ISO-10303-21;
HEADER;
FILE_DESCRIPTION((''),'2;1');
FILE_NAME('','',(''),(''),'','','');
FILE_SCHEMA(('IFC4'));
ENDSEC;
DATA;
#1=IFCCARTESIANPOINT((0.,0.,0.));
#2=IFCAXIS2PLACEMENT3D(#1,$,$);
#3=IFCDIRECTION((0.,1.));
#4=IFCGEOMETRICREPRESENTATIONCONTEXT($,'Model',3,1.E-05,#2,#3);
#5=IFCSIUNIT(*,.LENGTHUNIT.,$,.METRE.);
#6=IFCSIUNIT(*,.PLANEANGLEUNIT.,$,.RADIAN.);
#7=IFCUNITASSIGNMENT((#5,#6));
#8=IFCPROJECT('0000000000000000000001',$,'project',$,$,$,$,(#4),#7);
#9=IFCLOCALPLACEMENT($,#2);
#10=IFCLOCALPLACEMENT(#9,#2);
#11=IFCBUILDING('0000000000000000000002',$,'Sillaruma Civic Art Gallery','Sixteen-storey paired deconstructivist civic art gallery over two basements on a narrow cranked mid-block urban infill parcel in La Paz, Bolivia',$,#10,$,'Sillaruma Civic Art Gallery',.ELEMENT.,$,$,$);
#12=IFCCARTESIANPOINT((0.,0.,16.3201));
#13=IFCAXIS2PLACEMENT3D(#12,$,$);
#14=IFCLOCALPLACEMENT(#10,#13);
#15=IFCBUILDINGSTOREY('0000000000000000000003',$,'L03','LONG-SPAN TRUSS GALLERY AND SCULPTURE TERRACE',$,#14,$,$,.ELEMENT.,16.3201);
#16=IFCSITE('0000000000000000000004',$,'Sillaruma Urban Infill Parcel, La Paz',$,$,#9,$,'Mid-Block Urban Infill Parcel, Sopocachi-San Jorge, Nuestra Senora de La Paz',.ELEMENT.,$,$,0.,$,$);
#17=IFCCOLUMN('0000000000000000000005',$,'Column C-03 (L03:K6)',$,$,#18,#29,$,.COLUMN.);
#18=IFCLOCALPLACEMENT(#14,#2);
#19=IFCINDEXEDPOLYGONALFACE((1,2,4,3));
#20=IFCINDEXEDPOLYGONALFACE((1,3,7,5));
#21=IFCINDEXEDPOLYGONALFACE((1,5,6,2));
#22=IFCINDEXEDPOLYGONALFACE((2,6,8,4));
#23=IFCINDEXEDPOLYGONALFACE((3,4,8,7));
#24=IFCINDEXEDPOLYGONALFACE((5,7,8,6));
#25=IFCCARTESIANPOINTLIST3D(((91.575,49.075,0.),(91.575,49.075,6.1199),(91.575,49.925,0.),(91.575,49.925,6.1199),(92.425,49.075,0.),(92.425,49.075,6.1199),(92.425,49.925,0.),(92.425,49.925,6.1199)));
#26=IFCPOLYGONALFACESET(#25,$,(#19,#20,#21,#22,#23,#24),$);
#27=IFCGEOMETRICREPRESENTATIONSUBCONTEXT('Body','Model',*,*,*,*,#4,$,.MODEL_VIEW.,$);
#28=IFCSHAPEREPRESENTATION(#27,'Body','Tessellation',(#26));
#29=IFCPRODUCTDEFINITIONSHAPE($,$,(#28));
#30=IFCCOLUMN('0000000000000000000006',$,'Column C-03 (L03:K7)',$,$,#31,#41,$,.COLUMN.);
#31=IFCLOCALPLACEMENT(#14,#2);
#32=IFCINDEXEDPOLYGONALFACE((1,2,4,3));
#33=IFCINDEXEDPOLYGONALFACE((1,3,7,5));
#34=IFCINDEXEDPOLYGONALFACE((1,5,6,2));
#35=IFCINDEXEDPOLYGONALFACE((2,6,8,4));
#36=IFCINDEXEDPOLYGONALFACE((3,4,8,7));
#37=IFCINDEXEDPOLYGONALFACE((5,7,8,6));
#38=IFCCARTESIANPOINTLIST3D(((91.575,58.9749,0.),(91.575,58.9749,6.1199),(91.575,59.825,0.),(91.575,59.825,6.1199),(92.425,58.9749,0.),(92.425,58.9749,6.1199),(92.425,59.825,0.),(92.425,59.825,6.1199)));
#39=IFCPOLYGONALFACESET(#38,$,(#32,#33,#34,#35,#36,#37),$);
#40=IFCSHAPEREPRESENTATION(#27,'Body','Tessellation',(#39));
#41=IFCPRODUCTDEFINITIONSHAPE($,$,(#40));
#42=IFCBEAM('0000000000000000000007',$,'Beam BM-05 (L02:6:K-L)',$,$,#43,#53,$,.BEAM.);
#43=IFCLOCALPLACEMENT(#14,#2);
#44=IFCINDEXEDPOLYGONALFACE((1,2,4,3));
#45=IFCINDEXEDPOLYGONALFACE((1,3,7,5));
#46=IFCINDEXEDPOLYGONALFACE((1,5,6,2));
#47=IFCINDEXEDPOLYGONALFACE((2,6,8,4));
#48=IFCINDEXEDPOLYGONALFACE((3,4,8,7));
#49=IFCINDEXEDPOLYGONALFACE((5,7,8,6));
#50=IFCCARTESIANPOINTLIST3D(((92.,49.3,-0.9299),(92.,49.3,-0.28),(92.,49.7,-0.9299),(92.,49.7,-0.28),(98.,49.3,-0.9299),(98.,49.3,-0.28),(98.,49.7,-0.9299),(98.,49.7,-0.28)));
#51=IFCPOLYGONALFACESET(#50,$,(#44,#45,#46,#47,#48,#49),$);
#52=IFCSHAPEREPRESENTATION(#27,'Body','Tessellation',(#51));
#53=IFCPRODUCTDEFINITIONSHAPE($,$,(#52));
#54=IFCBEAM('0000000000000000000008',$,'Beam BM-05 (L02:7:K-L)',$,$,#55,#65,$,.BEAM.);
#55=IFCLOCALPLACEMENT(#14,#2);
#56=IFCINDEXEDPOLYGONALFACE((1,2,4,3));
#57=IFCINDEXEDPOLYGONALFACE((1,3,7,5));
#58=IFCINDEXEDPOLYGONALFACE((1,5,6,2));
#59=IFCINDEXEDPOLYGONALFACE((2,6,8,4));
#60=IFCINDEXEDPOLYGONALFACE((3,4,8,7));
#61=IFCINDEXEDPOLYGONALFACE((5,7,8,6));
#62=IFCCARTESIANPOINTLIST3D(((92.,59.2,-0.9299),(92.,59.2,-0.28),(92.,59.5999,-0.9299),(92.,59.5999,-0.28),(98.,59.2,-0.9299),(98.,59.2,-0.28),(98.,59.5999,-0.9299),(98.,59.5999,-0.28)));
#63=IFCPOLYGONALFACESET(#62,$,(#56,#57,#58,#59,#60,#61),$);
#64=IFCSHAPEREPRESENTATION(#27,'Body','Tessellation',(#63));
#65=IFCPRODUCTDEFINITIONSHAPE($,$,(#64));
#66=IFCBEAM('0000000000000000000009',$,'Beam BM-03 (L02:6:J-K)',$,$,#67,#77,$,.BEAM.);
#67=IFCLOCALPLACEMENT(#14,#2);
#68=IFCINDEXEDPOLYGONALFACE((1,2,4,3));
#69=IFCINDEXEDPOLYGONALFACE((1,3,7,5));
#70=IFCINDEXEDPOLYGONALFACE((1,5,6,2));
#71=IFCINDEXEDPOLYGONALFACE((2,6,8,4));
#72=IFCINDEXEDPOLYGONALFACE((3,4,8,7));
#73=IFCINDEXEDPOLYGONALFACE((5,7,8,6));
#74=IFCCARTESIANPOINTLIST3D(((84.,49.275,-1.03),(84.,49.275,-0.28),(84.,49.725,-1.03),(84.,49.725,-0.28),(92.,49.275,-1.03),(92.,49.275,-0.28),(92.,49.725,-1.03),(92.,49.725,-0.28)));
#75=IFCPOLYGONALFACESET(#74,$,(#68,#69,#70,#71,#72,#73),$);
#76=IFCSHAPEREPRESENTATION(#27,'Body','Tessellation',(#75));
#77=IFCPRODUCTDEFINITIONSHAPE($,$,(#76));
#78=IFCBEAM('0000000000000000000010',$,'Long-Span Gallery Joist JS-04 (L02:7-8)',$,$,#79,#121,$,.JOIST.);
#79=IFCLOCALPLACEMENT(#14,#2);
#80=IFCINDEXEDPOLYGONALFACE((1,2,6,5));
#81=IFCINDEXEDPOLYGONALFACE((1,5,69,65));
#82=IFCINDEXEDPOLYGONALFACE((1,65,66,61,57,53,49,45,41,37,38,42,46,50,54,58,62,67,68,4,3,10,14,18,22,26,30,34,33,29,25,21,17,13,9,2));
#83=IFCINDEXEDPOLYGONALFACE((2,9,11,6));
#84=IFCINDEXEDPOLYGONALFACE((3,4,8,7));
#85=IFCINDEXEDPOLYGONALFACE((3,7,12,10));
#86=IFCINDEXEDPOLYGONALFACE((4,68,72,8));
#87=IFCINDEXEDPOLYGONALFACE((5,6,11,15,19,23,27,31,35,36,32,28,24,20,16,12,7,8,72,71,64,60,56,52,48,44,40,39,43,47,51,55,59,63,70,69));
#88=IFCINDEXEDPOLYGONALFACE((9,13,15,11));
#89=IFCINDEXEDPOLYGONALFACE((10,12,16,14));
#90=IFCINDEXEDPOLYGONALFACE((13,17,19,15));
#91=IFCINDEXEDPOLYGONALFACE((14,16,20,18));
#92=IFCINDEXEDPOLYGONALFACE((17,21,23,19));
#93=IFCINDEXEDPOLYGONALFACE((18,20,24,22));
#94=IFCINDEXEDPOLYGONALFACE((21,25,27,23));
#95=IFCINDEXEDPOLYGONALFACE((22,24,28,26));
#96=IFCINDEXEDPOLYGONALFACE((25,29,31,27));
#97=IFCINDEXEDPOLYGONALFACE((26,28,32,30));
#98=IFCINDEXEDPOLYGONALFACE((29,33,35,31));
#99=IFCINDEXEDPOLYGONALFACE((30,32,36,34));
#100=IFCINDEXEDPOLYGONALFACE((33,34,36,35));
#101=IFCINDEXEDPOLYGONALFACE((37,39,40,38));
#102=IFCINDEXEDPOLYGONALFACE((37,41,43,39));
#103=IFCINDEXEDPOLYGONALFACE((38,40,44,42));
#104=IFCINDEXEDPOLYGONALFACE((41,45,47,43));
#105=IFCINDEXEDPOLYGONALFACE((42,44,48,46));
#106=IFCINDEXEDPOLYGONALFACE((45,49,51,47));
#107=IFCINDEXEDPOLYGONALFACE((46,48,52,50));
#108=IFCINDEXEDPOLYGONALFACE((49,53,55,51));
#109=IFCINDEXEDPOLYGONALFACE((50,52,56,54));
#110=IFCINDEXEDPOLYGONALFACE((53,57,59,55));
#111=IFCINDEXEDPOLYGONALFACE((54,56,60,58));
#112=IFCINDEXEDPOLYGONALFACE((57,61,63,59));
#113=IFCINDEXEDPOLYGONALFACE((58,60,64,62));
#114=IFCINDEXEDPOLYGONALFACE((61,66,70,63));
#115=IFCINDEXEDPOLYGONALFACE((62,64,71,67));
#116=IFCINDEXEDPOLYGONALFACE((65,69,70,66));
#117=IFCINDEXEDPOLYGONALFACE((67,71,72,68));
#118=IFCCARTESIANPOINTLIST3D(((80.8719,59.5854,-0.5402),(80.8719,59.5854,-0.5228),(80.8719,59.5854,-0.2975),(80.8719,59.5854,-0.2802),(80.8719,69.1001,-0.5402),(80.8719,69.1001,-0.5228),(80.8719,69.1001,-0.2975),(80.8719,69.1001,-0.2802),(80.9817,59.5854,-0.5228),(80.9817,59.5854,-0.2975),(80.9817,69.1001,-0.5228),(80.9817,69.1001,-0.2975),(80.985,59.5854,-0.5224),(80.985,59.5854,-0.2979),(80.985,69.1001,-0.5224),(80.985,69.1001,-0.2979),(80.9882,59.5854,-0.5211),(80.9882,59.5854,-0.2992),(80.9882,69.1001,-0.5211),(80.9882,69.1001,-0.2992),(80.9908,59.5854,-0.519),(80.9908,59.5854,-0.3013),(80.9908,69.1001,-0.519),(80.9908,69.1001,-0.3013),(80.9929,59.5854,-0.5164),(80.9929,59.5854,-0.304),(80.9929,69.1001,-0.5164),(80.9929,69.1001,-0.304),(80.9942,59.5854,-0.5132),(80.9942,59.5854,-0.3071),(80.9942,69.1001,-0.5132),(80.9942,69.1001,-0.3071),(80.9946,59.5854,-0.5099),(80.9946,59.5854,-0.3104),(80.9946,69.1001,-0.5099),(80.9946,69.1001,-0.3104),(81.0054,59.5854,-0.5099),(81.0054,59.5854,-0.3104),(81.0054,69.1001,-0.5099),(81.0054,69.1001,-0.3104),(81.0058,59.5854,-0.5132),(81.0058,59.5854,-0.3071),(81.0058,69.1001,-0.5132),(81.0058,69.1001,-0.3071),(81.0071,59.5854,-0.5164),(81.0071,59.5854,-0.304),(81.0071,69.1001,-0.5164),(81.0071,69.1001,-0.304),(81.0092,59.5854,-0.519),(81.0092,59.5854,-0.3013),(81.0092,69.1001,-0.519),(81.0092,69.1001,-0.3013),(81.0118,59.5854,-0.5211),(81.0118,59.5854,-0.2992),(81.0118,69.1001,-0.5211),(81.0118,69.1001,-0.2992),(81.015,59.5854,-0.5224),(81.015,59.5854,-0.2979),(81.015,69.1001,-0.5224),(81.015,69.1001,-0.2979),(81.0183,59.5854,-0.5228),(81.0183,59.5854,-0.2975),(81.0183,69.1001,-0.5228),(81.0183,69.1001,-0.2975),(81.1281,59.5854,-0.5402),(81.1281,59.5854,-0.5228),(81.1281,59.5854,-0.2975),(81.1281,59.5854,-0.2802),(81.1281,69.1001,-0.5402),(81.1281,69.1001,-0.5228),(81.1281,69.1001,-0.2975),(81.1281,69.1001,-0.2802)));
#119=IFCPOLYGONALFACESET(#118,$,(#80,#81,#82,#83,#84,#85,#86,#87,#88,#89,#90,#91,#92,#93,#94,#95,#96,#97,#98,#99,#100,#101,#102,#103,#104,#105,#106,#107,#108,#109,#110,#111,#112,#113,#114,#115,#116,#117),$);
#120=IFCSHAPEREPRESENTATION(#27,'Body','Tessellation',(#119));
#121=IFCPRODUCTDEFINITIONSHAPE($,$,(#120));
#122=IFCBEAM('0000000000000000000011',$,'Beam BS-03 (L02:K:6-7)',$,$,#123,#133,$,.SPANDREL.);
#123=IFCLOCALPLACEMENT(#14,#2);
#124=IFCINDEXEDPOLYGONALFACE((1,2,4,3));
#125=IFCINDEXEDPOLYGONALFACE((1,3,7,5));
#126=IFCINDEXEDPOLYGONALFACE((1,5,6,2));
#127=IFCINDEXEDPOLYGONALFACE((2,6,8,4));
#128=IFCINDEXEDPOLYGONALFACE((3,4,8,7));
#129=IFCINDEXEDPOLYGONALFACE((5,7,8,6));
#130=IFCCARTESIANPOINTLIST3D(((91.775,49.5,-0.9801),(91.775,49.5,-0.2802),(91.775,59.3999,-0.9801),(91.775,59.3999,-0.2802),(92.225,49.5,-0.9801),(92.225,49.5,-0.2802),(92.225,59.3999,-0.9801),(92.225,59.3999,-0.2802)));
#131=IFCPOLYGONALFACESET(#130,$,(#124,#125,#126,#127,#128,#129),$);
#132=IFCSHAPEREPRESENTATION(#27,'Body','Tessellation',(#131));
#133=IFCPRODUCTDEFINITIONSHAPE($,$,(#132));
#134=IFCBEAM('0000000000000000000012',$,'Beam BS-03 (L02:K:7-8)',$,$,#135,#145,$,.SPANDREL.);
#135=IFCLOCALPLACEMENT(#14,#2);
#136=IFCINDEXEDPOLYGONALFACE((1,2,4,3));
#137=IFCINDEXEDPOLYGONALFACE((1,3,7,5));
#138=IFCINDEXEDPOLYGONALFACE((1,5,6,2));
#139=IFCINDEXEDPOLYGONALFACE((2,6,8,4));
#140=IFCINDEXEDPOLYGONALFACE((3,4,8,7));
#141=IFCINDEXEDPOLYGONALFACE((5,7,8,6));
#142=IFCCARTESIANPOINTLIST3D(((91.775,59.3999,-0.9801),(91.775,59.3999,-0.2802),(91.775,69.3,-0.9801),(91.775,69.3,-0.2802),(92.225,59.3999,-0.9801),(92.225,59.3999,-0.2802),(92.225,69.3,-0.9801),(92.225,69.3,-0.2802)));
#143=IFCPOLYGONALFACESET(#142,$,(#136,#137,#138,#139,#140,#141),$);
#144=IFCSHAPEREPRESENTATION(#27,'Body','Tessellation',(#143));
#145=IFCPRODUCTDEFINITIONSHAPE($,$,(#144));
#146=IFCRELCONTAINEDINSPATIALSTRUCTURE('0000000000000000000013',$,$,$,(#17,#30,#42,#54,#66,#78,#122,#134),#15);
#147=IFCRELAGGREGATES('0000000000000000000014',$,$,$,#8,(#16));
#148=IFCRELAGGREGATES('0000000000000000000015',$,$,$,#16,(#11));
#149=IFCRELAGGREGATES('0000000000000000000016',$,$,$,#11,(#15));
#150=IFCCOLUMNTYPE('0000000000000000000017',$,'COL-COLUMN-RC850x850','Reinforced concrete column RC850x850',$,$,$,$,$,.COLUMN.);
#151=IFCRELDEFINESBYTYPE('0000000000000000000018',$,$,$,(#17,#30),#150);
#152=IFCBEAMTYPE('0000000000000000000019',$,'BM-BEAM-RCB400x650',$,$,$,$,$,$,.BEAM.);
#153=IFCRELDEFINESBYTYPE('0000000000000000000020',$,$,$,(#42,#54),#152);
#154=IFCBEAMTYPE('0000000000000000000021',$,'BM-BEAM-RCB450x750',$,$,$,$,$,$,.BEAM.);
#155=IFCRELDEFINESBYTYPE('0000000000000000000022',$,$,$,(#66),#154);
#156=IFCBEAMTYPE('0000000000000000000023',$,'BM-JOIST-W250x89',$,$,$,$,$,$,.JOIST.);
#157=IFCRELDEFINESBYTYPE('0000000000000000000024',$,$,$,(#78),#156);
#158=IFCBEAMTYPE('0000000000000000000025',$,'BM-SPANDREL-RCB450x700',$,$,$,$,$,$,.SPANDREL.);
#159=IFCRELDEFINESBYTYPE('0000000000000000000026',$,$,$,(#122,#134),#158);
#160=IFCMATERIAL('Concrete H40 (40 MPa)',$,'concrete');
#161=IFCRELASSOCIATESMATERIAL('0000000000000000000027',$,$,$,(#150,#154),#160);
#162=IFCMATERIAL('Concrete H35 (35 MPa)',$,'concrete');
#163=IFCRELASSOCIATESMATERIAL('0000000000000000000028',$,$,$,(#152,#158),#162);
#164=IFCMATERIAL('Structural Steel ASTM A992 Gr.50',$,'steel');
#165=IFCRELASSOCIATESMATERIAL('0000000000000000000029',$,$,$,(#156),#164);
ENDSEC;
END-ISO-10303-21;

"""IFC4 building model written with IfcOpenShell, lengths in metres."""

from ifc_helpers import new_model, si_unit, direction, frame, origin, origin_2d, place, context, subcontext, project, spatial, rectangle, i_section, extrude, material, material_profile, profile_set, type_object, element, save


model = new_model("IFC4")

# Units and contexts
model_context = context("Model", 3, precision=1e-05, world=origin(), true_north=direction((0.0, 1.0)))
body_context = subcontext(model_context, "Body", "Model", "MODEL_VIEW")
ifc_project = project(units=[si_unit("LENGTHUNIT", "METRE"), si_unit("PLANEANGLEUNIT", "RADIAN")], contexts=[model_context])

# Site, building, storey
site_placement = place(None, origin())
site = spatial("IfcSite", under=ifc_project, at=site_placement, Name="Sillaruma Urban Infill Parcel, La Paz", LongName="Mid-Block Urban Infill Parcel, Sopocachi-San Jorge, Nuestra Senora de La Paz", CompositionType="ELEMENT", RefElevation=0.0)
building_placement = place(site_placement, origin())
building = spatial("IfcBuilding", under=site, at=building_placement, Name="Sillaruma Civic Art Gallery", Description="Sixteen-storey paired deconstructivist civic art gallery over two basements on a narrow cranked mid-block urban infill parcel in La Paz, Bolivia", LongName="Sillaruma Civic Art Gallery", CompositionType="ELEMENT")
storey_placement = place(building_placement, frame((0.0, 0.0, 16.3201)))
storey = spatial("IfcBuildingStorey", under=building, at=storey_placement, Name="L03", Description="LONG-SPAN TRUSS GALLERY AND SCULPTURE TERRACE", CompositionType="ELEMENT", Elevation=16.3201)

# Columns
ifc_material_1 = material(Name="Concrete H40 (40 MPa)", Category="concrete")
ifc_material_profile_1 = material_profile(ifc_material_1, rectangle(XDim=0.8501, YDim=0.8501, at=origin_2d()), Name="RC850x850")
ifc_profile_set_1 = profile_set([ifc_material_profile_1], Name="Concrete H40 (40 MPa)")
column_type = type_object("IfcColumnType", Name="COL-COLUMN-RC850x850", Description="Reinforced concrete column RC850x850", PredefinedType="COLUMN", material=ifc_profile_set_1)
for number, where, z_axis, x_axis, name in (
    (1, (92.0, 49.5, 0.0), (0.0, 0.0, 1.0), (1.0, 0.0, 0.0), "Column C-03 (L03:K6)"),
    (2, (92.0, 59.3999, 0.0), (0.0, 0.0, 1.0), (1.0, 0.0, 0.0), "Column C-03 (L03:K7)"),
):
    element("IfcColumn", number, at=place(storey_placement, frame(where, z_axis=z_axis, x_axis=x_axis)), inside=storey, type_object=column_type, Name=name, PredefinedType="COLUMN", context=body_context, shape_type="SweptSolid", body=[
        extrude(rectangle(XDim=0.8501, YDim=0.8501, at=origin_2d()), origin(), (0.0, 0.0, 1.0), 6.1199),
    ])

# Beams
ifc_material_2 = material(Name="Concrete H35 (35 MPa)", Category="concrete")
ifc_material_profile_2 = material_profile(ifc_material_2, rectangle(XDim=0.3999, YDim=0.6499, at=origin_2d()), Name="RCB400x650")
ifc_profile_set_2 = profile_set([ifc_material_profile_2], Name="Concrete H35 (35 MPa)")
beam_type_1 = type_object("IfcBeamType", Name="BM-BEAM-RCB400x650", PredefinedType="BEAM", material=ifc_profile_set_2)
for number, where, z_axis, x_axis, name in (
    (3, (92.0, 49.5, -0.605), (1.0, 0.0, 0.0), (0.0, 1.0, 0.0), "Beam BM-05 (L02:6:K-L)"),
    (4, (92.0, 59.3999, -0.605), (1.0, 0.0, 0.0), (0.0, 1.0, 0.0), "Beam BM-05 (L02:7:K-L)"),
):
    element("IfcBeam", number, at=place(storey_placement, frame(where, z_axis=z_axis, x_axis=x_axis)), inside=storey, type_object=beam_type_1, Name=name, PredefinedType="BEAM", context=body_context, shape_type="SweptSolid", body=[
        extrude(rectangle(XDim=0.3999, YDim=0.6499, at=origin_2d()), origin(), (0.0, 0.0, 1.0), 6.0),
    ])
ifc_material_profile_3 = material_profile(ifc_material_1, rectangle(XDim=0.45, YDim=0.75, at=origin_2d()), Name="RCB450x750")
ifc_profile_set_3 = profile_set([ifc_material_profile_3], Name="Concrete H40 (40 MPa)")
beam_type_2 = type_object("IfcBeamType", Name="BM-BEAM-RCB450x750", PredefinedType="BEAM", material=ifc_profile_set_3)
beam_1_placement = place(storey_placement, frame((84.0, 49.5, -0.655), z_axis=(1.0, 0.0, 0.0), x_axis=(0.0, 1.0, 0.0)))
element("IfcBeam", 5, at=beam_1_placement, inside=storey, type_object=beam_type_2, Name="Beam BM-03 (L02:6:J-K)", PredefinedType="BEAM", context=body_context, shape_type="SweptSolid", body=[
    extrude(rectangle(XDim=0.45, YDim=0.75, at=origin_2d()), origin(), (0.0, 0.0, 1.0), 8.0),
])
ifc_material_3 = material(Name="Structural Steel ASTM A992 Gr.50", Category="steel")
ifc_material_profile_4 = material_profile(ifc_material_3, i_section(OverallWidth=0.2561, OverallDepth=0.26, WebThickness=0.0107, FlangeThickness=0.0173, FilletRadius=0.0129, at=origin_2d()), Name="W250x89")
ifc_profile_set_4 = profile_set([ifc_material_profile_4], Name="Structural Steel ASTM A992 Gr.50")
beam_type_3 = type_object("IfcBeamType", Name="BM-JOIST-W250x89", PredefinedType="JOIST", material=ifc_profile_set_4)
beam_2_placement = place(storey_placement, frame((81.0, 59.5854, -0.4102), z_axis=(0.0, 1.0, 0.0), x_axis=(-1.0, 0.0, 0.0)))
element("IfcBeam", 6, at=beam_2_placement, inside=storey, type_object=beam_type_3, Name="Long-Span Gallery Joist JS-04 (L02:7-8)", PredefinedType="JOIST", context=body_context, shape_type="SweptSolid", body=[
    extrude(i_section(OverallWidth=0.2561, OverallDepth=0.26, WebThickness=0.0107, FlangeThickness=0.0173, FilletRadius=0.0129, at=origin_2d()), origin(), (0.0, 0.0, 1.0), 9.5146),
])
ifc_material_profile_5 = material_profile(ifc_material_2, rectangle(XDim=0.45, YDim=0.7, at=origin_2d()), Name="RCB450x700")
ifc_profile_set_5 = profile_set([ifc_material_profile_5], Name="Concrete H35 (35 MPa)")
beam_type_4 = type_object("IfcBeamType", Name="BM-SPANDREL-RCB450x700", PredefinedType="SPANDREL", material=ifc_profile_set_5)
beam_3_placement = place(storey_placement, frame((92.0, 49.5, -0.6301), z_axis=(0.0, 1.0, 0.0), x_axis=(-1.0, 0.0, 0.0)))
element("IfcBeam", 7, at=beam_3_placement, inside=storey, type_object=beam_type_4, Name="Beam BS-03 (L02:K:6-7)", PredefinedType="SPANDREL", context=body_context, shape_type="SweptSolid", body=[
    extrude(rectangle(XDim=0.45, YDim=0.7, at=origin_2d()), origin(), (0.0, 0.0, 1.0), 9.8999),
])
beam_4_placement = place(storey_placement, frame((92.0, 59.3999, -0.6301), z_axis=(0.0, 1.0, 0.0), x_axis=(-1.0, 0.0, 0.0)))
element("IfcBeam", 8, at=beam_4_placement, inside=storey, type_object=beam_type_4, Name="Beam BS-03 (L02:K:7-8)", PredefinedType="SPANDREL", context=body_context, shape_type="SweptSolid", body=[
    extrude(rectangle(XDim=0.45, YDim=0.7, at=origin_2d()), origin(), (0.0, 0.0, 1.0), 9.9001),
])

save(model, "model.ifc")
